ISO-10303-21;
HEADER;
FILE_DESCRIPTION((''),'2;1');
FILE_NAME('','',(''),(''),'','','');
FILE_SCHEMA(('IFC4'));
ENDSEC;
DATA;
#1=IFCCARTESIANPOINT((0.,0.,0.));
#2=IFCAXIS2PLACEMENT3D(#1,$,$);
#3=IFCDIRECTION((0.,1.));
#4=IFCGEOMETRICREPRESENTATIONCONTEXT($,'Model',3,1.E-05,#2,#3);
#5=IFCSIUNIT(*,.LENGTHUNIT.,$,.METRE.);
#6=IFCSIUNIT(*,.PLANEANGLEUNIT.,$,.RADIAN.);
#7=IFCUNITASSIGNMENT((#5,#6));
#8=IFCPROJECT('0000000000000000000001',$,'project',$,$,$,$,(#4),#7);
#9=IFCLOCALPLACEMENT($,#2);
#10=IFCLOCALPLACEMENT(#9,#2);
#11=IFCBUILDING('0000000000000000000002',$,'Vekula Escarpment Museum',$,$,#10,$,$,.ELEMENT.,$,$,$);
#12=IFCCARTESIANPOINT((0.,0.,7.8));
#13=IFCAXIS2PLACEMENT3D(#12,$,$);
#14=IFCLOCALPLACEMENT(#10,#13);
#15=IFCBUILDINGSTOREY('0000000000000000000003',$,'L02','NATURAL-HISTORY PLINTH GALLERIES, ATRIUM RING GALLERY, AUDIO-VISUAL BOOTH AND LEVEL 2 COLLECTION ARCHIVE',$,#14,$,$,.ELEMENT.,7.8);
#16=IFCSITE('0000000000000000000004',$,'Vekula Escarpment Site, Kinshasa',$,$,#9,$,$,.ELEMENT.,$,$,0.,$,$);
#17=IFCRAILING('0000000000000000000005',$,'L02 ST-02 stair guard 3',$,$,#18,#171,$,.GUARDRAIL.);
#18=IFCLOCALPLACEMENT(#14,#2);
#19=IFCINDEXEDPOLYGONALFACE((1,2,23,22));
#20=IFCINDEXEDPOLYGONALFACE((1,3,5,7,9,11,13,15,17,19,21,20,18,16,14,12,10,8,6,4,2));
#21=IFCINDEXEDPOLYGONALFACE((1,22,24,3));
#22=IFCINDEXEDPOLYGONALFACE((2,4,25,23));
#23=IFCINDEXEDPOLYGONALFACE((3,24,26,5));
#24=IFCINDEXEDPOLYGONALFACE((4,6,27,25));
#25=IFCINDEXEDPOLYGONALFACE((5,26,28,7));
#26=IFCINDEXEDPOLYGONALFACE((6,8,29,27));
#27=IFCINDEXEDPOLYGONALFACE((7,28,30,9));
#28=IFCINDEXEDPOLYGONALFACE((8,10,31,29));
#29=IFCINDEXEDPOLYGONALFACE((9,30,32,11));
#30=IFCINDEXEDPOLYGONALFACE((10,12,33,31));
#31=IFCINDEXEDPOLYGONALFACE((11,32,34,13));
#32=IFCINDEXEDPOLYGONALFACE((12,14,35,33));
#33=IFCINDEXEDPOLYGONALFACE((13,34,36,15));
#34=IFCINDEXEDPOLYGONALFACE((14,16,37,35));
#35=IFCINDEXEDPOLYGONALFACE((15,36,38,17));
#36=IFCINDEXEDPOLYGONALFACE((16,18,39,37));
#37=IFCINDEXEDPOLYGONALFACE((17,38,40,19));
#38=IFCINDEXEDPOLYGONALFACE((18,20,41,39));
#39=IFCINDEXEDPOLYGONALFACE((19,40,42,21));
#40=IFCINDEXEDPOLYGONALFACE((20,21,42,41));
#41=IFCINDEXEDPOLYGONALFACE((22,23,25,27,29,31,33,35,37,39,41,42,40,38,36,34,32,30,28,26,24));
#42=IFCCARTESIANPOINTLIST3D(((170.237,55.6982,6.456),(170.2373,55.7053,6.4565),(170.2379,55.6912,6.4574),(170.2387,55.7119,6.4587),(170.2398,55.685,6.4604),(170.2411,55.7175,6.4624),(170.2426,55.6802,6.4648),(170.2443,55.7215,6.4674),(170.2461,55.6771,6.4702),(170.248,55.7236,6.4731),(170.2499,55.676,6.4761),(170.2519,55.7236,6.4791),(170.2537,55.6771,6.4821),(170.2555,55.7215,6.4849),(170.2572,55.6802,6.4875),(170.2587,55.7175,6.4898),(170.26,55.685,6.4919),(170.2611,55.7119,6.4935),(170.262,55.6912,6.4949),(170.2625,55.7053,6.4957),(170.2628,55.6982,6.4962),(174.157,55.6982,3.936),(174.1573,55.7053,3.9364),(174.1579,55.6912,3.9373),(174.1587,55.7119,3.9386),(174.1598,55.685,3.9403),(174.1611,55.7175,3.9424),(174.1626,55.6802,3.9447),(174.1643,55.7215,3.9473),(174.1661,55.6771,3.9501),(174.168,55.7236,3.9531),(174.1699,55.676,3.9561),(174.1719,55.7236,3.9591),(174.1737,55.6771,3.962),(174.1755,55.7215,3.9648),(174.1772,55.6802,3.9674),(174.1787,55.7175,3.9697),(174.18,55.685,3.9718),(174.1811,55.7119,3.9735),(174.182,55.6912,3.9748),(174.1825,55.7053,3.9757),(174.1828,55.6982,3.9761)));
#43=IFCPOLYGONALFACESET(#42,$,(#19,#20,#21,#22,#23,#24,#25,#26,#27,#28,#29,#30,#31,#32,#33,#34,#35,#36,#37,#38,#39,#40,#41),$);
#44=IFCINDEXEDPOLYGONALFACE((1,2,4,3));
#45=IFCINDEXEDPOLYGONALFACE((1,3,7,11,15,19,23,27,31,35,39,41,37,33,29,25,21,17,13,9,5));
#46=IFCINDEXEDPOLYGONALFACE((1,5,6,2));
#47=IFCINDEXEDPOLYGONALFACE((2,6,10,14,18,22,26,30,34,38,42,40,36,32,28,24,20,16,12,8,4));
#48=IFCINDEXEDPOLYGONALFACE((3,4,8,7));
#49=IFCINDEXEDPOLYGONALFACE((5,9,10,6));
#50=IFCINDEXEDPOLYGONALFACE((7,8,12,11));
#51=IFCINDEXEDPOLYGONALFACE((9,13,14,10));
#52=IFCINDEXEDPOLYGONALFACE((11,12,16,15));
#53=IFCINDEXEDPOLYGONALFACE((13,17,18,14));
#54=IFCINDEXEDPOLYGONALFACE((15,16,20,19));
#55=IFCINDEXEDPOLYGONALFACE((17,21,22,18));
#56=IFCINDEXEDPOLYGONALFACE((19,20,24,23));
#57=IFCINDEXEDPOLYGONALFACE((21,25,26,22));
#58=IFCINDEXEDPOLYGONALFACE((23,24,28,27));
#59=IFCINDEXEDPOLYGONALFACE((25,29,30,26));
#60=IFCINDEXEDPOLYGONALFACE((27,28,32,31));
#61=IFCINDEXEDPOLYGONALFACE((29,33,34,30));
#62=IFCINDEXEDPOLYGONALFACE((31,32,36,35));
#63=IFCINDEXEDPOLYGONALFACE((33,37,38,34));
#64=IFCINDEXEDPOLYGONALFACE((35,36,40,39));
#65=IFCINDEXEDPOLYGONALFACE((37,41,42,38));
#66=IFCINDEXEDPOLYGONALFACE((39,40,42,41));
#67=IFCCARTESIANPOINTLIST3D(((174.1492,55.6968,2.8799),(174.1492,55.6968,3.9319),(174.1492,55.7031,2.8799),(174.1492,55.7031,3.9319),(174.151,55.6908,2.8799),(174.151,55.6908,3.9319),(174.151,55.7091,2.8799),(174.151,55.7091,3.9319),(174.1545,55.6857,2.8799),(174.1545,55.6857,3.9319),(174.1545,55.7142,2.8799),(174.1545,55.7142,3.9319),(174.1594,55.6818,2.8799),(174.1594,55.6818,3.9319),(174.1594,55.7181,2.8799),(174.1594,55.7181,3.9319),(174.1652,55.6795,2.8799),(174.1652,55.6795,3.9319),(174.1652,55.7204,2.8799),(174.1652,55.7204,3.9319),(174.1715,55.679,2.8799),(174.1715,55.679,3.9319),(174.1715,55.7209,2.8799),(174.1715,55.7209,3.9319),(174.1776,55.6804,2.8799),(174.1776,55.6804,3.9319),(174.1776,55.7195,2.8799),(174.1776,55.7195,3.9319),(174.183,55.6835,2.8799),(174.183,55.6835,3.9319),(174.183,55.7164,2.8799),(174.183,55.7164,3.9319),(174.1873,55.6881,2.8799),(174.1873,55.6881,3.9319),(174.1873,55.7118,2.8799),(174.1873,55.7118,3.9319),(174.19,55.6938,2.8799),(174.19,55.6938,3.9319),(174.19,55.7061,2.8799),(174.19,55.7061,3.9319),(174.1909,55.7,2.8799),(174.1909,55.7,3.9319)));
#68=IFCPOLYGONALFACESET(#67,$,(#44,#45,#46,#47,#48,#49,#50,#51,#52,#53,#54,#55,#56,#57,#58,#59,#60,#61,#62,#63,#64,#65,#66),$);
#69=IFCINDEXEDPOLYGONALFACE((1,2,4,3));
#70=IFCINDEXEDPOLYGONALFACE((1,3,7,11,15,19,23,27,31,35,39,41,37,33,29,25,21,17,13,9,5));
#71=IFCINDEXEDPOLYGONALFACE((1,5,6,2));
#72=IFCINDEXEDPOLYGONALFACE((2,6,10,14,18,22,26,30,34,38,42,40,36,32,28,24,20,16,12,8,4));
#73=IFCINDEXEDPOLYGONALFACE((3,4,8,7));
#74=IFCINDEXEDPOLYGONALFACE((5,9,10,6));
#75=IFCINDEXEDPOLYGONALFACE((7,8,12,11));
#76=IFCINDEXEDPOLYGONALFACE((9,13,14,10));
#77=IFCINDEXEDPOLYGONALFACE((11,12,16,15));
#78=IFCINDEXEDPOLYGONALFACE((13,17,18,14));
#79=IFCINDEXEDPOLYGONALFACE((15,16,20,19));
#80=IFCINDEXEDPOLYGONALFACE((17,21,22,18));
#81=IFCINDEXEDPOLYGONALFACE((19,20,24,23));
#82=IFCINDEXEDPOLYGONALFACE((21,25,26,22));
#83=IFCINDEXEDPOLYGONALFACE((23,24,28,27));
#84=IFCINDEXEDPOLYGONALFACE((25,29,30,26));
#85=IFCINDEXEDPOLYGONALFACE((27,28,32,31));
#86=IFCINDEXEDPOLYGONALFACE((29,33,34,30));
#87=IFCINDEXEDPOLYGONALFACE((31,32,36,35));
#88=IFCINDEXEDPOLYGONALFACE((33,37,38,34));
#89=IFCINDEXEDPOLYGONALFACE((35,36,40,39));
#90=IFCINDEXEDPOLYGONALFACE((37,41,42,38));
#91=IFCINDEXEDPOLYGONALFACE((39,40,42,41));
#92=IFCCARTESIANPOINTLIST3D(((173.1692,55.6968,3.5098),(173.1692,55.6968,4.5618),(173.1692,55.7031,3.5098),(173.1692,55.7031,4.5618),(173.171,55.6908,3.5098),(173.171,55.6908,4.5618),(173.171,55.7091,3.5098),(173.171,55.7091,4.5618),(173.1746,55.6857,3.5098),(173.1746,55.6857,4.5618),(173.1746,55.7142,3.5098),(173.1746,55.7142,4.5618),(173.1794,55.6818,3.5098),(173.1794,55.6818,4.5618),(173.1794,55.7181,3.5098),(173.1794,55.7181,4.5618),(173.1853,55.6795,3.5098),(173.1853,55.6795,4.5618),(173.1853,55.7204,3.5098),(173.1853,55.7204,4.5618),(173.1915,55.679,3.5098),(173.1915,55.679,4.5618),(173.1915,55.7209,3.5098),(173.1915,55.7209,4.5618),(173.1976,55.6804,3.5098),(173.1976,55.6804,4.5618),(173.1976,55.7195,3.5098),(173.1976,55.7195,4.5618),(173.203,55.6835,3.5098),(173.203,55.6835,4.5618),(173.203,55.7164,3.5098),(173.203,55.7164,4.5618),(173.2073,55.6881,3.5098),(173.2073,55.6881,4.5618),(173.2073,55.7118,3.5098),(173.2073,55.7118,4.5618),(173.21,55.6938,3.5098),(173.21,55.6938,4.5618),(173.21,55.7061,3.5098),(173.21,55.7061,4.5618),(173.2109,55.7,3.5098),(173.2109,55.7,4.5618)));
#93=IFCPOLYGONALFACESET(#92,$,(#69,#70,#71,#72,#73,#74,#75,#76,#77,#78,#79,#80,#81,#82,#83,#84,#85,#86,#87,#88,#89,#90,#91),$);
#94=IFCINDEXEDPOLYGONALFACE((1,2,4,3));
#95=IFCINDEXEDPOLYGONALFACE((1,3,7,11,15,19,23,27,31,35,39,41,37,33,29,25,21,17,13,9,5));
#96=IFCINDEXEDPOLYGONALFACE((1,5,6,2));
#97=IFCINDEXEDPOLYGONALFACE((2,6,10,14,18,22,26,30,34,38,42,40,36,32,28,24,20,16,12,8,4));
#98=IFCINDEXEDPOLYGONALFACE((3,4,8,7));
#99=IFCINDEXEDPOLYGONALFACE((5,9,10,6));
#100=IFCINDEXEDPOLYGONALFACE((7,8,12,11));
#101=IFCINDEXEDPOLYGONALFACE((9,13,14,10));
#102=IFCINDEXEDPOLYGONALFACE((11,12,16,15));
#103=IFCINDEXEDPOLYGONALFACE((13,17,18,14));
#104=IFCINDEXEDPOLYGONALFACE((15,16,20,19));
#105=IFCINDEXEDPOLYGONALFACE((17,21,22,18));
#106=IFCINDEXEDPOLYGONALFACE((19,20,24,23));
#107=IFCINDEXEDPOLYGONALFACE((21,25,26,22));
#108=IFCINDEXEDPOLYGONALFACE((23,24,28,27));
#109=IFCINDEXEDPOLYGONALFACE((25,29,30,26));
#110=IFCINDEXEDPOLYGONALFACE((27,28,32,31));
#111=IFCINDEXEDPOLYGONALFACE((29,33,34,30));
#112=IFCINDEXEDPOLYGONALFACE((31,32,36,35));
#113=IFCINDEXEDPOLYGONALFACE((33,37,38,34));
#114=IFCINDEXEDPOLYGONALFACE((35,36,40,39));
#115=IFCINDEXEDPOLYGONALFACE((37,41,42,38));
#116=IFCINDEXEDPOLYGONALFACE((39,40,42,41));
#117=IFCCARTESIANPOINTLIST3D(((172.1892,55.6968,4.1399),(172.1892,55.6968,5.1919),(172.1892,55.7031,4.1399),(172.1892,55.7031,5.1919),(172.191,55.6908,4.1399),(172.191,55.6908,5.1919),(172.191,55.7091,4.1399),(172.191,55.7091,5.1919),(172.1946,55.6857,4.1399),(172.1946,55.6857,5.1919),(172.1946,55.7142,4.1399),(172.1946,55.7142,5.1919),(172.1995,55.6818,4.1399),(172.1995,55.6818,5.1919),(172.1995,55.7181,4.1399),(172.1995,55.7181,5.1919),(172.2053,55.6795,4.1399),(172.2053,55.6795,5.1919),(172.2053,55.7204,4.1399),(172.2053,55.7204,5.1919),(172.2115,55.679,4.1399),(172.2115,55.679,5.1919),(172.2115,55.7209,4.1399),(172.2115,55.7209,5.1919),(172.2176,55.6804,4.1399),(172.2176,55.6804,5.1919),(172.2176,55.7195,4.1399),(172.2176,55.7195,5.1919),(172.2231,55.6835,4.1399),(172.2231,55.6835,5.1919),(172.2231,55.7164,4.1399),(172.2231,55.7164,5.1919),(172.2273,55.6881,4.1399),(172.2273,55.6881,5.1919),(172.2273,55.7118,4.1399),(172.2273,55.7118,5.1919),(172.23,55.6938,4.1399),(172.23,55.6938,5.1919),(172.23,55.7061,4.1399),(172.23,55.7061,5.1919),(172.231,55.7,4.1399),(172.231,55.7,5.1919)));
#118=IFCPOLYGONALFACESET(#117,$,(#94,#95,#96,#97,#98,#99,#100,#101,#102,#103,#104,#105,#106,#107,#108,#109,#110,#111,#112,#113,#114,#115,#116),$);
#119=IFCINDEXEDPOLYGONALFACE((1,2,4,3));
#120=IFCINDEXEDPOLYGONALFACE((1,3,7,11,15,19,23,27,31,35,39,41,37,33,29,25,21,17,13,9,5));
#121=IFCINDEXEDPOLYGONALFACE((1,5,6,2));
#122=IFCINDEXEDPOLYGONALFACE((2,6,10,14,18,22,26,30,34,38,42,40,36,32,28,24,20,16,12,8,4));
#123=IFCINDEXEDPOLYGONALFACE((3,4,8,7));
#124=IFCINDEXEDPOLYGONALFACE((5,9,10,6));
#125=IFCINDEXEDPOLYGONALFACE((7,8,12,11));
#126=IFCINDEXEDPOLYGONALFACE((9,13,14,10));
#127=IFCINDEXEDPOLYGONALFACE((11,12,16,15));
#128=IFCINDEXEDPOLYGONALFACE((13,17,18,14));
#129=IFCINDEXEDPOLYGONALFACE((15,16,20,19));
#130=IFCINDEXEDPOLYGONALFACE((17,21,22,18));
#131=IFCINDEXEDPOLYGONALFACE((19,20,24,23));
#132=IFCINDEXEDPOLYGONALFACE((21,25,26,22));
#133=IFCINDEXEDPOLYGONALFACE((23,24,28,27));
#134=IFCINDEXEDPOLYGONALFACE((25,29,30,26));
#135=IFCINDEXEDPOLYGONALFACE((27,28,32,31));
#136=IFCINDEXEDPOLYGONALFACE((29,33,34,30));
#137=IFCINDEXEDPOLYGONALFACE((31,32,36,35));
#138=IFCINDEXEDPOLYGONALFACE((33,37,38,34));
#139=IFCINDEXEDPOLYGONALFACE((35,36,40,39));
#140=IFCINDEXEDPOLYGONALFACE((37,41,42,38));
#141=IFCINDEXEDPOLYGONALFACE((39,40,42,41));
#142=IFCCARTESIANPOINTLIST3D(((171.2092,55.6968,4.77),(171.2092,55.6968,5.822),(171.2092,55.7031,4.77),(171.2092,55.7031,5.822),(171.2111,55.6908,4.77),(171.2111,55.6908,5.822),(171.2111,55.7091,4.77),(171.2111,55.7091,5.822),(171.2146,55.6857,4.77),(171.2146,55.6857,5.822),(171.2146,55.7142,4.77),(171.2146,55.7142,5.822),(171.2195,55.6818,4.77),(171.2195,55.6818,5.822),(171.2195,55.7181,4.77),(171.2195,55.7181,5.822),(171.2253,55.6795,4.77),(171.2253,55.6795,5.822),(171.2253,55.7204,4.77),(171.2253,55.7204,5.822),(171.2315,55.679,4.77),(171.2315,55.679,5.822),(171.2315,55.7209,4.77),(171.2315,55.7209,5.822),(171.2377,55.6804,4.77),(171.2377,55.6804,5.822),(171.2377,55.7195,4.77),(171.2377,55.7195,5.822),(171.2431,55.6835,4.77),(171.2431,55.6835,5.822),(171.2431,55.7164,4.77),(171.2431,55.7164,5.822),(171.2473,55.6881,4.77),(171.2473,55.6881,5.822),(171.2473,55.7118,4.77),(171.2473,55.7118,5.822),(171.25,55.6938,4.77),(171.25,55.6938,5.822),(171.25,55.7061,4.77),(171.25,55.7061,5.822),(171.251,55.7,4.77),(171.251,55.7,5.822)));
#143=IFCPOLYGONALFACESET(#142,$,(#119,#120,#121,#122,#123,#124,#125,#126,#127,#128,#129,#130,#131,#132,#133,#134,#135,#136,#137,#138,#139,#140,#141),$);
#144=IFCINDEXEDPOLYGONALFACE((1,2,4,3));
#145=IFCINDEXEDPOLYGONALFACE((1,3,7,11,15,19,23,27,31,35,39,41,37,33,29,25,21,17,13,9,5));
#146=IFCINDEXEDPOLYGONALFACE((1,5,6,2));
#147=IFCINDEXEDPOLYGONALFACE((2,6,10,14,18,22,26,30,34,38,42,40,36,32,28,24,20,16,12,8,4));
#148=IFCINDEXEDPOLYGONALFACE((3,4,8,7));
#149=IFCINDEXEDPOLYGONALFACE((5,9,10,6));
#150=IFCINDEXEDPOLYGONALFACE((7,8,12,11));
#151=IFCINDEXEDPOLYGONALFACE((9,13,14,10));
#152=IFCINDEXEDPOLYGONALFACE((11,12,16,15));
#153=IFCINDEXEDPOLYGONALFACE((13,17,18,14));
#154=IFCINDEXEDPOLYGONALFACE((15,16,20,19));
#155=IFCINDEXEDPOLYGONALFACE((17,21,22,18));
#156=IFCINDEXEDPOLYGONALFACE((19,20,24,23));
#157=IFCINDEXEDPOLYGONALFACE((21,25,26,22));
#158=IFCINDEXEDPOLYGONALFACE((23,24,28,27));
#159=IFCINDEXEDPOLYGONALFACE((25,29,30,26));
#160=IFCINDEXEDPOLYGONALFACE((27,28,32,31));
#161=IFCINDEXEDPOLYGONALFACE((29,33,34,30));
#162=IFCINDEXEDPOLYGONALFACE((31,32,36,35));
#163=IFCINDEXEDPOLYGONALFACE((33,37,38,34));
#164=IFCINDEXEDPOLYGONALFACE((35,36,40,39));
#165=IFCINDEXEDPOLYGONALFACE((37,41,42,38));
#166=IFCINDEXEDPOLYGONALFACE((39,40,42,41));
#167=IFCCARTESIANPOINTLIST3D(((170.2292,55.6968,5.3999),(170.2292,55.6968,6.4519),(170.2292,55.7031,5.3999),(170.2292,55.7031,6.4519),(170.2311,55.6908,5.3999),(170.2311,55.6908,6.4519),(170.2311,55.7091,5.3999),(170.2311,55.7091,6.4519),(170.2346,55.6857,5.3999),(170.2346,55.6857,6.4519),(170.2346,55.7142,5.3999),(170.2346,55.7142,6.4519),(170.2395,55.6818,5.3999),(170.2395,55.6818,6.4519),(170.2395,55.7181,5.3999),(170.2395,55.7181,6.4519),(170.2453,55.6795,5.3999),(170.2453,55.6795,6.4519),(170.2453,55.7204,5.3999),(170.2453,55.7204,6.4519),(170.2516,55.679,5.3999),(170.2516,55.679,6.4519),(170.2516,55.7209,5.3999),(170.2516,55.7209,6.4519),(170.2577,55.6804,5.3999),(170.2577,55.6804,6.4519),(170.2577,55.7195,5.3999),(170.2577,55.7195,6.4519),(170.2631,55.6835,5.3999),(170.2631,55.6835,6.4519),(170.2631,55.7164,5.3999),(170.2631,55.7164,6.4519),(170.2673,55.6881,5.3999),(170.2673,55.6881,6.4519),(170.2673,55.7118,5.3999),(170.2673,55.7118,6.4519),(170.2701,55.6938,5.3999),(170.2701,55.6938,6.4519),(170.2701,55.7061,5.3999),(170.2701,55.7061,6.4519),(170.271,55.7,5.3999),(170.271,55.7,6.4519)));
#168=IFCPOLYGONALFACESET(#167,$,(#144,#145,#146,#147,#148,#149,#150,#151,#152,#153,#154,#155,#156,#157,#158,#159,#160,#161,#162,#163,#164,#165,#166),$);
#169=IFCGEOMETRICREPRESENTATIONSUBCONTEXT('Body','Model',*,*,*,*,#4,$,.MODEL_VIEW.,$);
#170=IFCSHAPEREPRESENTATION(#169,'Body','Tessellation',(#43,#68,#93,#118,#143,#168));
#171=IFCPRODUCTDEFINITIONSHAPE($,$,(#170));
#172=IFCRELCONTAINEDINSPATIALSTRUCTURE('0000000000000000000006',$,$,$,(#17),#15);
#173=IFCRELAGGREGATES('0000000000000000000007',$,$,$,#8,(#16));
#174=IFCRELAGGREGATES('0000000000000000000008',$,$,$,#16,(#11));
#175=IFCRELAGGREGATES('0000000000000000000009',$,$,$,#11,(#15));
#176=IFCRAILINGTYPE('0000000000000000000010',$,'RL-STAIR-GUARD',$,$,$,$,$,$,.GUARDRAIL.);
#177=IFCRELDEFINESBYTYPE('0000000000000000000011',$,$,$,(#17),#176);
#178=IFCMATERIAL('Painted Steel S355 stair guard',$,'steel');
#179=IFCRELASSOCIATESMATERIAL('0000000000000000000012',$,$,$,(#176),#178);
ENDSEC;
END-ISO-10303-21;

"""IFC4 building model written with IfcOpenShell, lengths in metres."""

from ifc_helpers import new_model, si_unit, direction, frame, origin, origin_2d, place, context, subcontext, project, spatial, circle, extrude, material, type_object, element, save


model = new_model("IFC4")

# Units and contexts
model_context = context("Model", 3, precision=1e-05, world=origin(), true_north=direction((0.0, 1.0)))
body_context = subcontext(model_context, "Body", "Model", "MODEL_VIEW")
ifc_project = project(units=[si_unit("LENGTHUNIT", "METRE"), si_unit("PLANEANGLEUNIT", "RADIAN")], contexts=[model_context])

# Site, building, storey
site_placement = place(None, origin())
site = spatial("IfcSite", under=ifc_project, at=site_placement, Name="Vekula Escarpment Site, Kinshasa", CompositionType="ELEMENT", RefElevation=0.0)
building_placement = place(site_placement, origin())
building = spatial("IfcBuilding", under=site, at=building_placement, Name="Vekula Escarpment Museum", CompositionType="ELEMENT")
storey_placement = place(building_placement, frame((0.0, 0.0, 7.8)))
storey = spatial("IfcBuildingStorey", under=building, at=storey_placement, Name="L02", Description="NATURAL-HISTORY PLINTH GALLERIES, ATRIUM RING GALLERY, AUDIO-VISUAL BOOTH AND LEVEL 2 COLLECTION ARCHIVE", CompositionType="ELEMENT", Elevation=7.8)

# Railing
ifc_material_1 = material(Name="Painted Steel S355 stair guard", Category="steel")
railing_type_1 = type_object("IfcRailingType", Name="RL-STAIR-GUARD", PredefinedType="GUARDRAIL", material=ifc_material_1)
railing_1_placement = place(storey_placement, frame((174.1699, 55.7, 2.8799)))
element("IfcRailing", 1, at=railing_1_placement, inside=storey, type_object=railing_type_1, Name="L02 ST-02 stair guard 3", PredefinedType="GUARDRAIL", context=body_context, shape_type="SweptSolid", body=[
    extrude(circle(Radius=0.0239, at=origin_2d()), frame((0.0, 0.0, 1.0762), z_axis=(-0.841172, 0.0, 0.540768), x_axis=(0.0, -1.0, 0.0)), (0.0, 0.0, 1.0), 4.6602),
    extrude(circle(Radius=0.021, at=origin_2d()), origin(), (0.0, 0.0, 1.0), 1.052),
    extrude(circle(Radius=0.021, at=origin_2d()), frame((-0.98, 0.0, 0.6299)), (0.0, 0.0, 1.0), 1.052),
    extrude(circle(Radius=0.021, at=origin_2d()), frame((-1.96, 0.0, 1.26)), (0.0, 0.0, 1.0), 1.052),
    extrude(circle(Radius=0.021, at=origin_2d()), frame((-2.9399, 0.0, 1.8901)), (0.0, 0.0, 1.0), 1.052),
    extrude(circle(Radius=0.021, at=origin_2d()), frame((-3.9199, 0.0, 2.52)), (0.0, 0.0, 1.0), 1.052),
])

save(model, "model.ifc")
